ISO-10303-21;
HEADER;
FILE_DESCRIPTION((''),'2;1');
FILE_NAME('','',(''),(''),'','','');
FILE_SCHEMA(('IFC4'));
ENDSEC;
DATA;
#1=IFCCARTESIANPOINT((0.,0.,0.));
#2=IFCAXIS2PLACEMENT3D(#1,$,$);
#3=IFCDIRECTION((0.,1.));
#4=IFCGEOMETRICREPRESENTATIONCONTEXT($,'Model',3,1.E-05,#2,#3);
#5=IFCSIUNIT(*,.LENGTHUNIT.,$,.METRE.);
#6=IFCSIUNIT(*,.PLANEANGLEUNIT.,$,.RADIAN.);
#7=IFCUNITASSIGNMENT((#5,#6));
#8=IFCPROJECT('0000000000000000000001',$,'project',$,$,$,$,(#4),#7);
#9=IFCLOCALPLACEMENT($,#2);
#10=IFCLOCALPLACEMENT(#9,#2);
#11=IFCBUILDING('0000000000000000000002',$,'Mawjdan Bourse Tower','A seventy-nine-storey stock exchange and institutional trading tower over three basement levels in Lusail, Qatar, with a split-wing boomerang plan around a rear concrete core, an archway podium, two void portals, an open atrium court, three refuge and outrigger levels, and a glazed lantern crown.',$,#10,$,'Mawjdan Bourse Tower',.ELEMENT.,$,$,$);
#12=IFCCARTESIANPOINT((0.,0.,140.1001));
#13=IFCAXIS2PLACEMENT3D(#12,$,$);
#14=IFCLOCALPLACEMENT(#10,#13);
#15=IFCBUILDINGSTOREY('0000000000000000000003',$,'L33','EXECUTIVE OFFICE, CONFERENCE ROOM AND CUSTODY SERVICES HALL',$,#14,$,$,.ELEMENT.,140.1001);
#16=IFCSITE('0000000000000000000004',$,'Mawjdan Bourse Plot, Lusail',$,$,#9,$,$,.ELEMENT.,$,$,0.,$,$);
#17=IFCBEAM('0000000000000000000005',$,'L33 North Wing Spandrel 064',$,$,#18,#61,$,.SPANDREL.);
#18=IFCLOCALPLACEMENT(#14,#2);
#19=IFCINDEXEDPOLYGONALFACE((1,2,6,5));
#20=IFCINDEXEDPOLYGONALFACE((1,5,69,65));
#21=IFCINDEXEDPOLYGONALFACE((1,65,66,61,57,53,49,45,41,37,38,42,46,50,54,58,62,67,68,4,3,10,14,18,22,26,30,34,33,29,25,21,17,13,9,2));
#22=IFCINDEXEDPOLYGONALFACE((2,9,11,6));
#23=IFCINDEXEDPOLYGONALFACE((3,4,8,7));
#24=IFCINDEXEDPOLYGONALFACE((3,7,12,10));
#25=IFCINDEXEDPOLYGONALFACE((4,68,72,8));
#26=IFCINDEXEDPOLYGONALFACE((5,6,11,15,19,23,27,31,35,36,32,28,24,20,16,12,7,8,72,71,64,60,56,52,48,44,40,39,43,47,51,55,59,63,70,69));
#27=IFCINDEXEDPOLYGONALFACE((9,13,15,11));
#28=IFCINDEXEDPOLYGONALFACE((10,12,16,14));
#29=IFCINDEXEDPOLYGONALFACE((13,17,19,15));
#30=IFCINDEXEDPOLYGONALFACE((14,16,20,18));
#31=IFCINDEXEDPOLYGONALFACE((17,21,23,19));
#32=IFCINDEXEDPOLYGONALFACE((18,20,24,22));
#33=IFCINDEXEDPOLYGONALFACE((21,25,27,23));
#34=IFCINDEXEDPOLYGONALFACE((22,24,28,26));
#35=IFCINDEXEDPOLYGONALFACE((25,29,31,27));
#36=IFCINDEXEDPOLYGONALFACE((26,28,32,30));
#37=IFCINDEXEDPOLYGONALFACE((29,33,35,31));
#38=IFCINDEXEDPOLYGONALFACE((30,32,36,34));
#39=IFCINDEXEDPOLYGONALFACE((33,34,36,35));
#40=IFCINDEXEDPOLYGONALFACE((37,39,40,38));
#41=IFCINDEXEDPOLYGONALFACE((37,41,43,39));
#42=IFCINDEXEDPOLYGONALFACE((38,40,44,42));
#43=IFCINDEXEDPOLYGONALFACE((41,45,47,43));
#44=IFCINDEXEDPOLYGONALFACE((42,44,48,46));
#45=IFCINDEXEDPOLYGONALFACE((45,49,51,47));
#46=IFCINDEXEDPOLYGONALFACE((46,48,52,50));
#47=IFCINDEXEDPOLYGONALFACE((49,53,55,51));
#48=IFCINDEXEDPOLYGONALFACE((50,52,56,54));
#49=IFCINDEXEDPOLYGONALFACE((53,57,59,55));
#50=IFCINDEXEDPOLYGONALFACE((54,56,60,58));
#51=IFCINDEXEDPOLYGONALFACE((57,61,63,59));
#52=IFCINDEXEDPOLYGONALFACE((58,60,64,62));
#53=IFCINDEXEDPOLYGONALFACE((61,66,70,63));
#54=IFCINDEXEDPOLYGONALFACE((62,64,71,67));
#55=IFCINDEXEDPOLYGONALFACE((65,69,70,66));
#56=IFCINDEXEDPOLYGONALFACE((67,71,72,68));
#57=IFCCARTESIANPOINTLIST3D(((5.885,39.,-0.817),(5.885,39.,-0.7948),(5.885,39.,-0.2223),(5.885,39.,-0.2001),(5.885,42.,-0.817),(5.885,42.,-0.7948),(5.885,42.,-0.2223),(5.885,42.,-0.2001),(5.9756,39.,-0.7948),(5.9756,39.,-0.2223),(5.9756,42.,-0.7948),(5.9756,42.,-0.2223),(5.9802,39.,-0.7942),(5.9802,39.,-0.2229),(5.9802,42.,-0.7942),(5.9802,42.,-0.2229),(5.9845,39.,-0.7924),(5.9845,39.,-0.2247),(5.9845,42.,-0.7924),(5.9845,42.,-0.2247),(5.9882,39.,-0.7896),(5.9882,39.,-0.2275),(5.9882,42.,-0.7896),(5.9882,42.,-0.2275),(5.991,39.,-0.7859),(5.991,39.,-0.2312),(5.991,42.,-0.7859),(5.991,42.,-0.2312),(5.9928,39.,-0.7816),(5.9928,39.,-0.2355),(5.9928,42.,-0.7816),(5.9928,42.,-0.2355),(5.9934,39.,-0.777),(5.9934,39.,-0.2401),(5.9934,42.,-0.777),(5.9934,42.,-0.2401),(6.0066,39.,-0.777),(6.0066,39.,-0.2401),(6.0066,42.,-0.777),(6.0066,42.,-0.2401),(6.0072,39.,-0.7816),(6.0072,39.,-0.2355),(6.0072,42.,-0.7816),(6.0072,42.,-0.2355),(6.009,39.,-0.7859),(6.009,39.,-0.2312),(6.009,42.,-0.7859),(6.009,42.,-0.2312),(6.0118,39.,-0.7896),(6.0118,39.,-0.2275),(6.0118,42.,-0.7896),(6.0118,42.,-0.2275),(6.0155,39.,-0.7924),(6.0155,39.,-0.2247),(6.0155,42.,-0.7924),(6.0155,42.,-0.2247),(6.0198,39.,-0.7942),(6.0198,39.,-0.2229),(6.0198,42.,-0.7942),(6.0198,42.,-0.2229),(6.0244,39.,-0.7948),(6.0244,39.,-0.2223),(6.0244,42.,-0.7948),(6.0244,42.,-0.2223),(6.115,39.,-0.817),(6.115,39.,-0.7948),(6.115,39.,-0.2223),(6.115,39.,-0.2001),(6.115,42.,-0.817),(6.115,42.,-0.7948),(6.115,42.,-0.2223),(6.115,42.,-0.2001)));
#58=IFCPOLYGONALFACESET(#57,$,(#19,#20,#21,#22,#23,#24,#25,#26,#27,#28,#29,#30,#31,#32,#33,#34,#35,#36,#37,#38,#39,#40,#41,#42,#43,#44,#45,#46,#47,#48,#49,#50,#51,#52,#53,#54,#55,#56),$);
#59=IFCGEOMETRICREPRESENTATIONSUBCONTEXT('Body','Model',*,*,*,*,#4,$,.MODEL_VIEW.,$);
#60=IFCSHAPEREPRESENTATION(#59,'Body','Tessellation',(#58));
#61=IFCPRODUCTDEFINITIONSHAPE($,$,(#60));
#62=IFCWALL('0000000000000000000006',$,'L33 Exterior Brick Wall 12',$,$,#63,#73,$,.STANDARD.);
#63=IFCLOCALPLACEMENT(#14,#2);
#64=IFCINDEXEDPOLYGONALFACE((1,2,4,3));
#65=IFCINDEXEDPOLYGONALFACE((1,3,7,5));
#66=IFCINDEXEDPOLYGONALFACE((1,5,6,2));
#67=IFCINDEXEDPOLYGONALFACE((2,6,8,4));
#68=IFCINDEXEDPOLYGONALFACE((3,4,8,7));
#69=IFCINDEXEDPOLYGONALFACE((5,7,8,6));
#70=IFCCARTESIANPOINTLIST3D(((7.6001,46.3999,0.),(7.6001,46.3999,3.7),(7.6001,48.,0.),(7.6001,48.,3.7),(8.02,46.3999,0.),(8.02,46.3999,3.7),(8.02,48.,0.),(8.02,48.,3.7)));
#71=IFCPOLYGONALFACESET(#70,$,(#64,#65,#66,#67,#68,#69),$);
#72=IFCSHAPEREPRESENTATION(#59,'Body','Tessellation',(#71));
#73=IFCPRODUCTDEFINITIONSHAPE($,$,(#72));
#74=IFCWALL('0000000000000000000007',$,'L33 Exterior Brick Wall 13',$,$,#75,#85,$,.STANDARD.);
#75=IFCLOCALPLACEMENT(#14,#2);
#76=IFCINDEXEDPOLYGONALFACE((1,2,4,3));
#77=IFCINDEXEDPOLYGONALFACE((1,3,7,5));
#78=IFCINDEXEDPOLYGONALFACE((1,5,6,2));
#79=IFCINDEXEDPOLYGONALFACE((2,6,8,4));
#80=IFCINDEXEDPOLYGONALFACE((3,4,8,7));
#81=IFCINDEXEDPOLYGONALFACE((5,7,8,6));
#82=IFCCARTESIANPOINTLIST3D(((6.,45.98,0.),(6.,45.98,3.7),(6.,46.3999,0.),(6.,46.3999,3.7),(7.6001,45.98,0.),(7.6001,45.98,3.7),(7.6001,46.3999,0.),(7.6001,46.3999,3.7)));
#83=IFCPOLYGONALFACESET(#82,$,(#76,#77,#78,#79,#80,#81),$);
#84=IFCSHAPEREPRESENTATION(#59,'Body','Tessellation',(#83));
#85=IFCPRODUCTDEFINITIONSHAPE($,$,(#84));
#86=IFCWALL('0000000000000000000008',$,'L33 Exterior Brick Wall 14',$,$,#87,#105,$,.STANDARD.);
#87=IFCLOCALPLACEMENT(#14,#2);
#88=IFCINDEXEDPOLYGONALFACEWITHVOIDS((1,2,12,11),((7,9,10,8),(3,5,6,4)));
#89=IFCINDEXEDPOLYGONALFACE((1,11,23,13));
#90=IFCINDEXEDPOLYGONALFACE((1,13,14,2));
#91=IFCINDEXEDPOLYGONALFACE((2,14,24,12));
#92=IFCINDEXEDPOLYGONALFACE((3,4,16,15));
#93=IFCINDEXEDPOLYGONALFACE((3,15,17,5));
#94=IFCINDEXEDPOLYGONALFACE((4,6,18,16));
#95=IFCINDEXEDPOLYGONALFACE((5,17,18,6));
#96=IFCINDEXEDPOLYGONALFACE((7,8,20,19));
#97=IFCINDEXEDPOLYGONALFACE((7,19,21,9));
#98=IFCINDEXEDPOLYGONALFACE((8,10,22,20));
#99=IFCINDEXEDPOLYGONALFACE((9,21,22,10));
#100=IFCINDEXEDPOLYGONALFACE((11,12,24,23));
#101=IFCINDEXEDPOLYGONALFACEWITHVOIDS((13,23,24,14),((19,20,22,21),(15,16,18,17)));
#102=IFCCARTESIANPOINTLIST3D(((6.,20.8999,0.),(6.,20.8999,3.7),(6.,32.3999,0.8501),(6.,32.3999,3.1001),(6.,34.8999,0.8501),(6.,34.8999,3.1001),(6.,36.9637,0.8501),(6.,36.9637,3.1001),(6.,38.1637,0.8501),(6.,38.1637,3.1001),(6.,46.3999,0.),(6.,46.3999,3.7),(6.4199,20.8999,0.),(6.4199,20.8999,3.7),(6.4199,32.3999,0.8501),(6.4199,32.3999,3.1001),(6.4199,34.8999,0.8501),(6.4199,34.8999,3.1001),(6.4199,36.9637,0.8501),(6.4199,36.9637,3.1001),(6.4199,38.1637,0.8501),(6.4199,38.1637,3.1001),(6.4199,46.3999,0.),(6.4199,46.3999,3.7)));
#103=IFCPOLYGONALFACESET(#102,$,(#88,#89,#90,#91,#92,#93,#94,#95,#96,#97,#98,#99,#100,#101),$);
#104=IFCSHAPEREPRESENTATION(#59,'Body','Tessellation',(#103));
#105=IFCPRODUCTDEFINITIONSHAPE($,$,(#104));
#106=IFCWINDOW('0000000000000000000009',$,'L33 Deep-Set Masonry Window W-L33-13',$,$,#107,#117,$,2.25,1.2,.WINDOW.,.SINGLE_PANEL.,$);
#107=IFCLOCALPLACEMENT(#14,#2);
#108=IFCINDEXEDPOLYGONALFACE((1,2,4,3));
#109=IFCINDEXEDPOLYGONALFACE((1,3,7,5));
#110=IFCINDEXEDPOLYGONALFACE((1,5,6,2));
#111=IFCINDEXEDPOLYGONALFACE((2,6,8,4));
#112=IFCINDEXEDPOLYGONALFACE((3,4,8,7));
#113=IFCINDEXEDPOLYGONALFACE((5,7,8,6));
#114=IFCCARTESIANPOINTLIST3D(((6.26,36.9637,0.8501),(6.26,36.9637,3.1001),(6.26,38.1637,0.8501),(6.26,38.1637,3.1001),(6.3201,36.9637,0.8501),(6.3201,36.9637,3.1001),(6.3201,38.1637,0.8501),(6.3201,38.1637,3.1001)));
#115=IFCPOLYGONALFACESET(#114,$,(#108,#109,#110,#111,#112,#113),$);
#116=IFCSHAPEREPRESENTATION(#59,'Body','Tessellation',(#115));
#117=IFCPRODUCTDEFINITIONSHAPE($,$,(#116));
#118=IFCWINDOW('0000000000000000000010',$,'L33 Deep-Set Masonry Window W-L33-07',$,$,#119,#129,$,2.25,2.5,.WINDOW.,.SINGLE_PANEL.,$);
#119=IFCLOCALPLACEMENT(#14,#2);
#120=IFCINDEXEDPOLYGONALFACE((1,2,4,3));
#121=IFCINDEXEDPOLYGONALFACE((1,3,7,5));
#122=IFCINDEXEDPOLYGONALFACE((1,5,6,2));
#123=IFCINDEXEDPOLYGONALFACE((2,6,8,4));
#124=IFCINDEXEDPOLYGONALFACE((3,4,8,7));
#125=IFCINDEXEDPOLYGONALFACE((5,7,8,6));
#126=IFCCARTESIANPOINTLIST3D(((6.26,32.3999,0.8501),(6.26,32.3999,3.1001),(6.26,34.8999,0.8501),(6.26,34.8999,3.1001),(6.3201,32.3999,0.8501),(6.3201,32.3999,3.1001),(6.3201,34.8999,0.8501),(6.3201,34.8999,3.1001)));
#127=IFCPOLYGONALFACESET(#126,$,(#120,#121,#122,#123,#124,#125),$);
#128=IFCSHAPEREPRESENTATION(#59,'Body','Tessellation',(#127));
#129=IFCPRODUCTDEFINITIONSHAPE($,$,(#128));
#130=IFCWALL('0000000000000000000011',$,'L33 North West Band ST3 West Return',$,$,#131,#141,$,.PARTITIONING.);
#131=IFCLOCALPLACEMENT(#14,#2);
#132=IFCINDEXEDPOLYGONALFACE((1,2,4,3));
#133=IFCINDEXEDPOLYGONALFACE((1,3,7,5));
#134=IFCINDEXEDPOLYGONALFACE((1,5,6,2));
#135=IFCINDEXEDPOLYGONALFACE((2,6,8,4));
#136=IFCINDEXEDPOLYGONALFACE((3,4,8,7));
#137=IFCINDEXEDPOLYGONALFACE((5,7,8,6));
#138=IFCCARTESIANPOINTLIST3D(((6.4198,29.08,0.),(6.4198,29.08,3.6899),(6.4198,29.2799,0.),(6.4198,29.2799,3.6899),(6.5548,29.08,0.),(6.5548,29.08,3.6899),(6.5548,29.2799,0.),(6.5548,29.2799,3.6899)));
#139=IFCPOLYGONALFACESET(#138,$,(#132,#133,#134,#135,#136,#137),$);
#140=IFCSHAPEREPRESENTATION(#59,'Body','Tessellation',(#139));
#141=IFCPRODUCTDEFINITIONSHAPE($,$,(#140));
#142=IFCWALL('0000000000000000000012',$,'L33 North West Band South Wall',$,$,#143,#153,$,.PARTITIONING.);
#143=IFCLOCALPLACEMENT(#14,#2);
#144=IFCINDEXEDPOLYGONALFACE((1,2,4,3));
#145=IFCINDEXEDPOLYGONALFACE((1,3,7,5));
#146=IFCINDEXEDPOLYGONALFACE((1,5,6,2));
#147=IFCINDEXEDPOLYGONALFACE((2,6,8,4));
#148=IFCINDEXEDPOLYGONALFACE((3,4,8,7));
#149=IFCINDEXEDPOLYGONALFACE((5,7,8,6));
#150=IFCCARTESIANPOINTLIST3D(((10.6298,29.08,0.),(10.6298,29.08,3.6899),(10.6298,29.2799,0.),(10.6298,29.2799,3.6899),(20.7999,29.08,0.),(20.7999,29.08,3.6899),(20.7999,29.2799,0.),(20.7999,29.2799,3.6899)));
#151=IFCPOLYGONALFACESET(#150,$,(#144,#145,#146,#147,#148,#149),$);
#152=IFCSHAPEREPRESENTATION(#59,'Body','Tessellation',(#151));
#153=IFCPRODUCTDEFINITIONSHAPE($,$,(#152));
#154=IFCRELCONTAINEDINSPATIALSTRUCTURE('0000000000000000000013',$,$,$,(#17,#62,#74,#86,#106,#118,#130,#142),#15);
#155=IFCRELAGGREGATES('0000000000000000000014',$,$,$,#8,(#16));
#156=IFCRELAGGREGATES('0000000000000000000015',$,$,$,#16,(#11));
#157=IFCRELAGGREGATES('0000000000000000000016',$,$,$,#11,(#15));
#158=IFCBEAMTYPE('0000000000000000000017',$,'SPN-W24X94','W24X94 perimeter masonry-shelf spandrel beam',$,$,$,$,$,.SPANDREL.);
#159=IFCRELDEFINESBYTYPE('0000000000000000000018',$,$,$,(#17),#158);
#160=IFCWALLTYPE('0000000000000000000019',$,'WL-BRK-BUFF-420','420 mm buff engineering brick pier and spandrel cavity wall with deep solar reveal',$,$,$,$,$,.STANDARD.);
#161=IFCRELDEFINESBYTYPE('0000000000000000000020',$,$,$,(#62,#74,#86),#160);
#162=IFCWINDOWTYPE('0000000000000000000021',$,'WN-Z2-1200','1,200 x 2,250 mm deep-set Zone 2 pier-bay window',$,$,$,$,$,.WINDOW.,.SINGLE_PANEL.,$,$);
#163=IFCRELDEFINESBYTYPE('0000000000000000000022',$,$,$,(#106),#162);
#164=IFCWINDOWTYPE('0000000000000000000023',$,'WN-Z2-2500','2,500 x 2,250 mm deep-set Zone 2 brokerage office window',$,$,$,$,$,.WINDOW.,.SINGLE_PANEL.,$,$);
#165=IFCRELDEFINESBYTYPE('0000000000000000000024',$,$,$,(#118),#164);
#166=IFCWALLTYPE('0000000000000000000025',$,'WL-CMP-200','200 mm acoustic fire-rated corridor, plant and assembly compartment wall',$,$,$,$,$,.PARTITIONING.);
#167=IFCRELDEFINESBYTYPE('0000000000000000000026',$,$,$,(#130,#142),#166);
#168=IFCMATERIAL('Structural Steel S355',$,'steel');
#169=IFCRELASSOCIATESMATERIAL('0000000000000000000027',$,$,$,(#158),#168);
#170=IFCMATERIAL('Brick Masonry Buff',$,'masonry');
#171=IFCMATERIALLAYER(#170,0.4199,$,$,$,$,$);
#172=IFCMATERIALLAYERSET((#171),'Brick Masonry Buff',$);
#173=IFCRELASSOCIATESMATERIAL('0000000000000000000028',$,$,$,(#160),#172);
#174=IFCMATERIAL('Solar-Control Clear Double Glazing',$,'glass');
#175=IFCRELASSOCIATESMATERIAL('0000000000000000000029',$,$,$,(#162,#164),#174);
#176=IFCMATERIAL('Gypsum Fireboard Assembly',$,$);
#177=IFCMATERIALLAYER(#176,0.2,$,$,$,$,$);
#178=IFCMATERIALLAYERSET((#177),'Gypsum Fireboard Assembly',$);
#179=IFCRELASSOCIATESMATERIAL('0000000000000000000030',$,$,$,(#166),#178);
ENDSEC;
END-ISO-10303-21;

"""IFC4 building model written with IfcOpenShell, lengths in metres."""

from ifc_helpers import new_model, si_unit, direction, frame, frame_2d, origin, origin_2d, place, context, subcontext, project, spatial, rectangle, i_section, extrude, material, layer, layer_set, material_profile, profile_set, type_object, element, fill, save


model = new_model("IFC4")

# Units and contexts
model_context = context("Model", 3, precision=1e-05, world=origin(), true_north=direction((0.0, 1.0)))
body_context = subcontext(model_context, "Body", "Model", "MODEL_VIEW")
ifc_project = project(units=[si_unit("LENGTHUNIT", "METRE"), si_unit("PLANEANGLEUNIT", "RADIAN")], contexts=[model_context])

# Site, building, storey
site_placement = place(None, origin())
site = spatial("IfcSite", under=ifc_project, at=site_placement, Name="Mawjdan Bourse Plot, Lusail", CompositionType="ELEMENT", RefElevation=0.0)
building_placement = place(site_placement, origin())
building = spatial("IfcBuilding", under=site, at=building_placement, Name="Mawjdan Bourse Tower", Description="A seventy-nine-storey stock exchange and institutional trading tower over three basement levels in Lusail, Qatar, with a split-wing boomerang plan around a rear concrete core, an archway podium, two void portals, an open atrium court, three refuge and outrigger levels, and a glazed lantern crown.", LongName="Mawjdan Bourse Tower", CompositionType="ELEMENT")
storey_placement = place(building_placement, frame((0.0, 0.0, 140.1001)))
storey = spatial("IfcBuildingStorey", under=building, at=storey_placement, Name="L33", Description="EXECUTIVE OFFICE, CONFERENCE ROOM AND CUSTODY SERVICES HALL", CompositionType="ELEMENT", Elevation=140.1001)

# Beam
ifc_material_1 = material(Name="Structural Steel S355", Category="steel")
ifc_material_profile_1 = material_profile(ifc_material_1, i_section(OverallWidth=0.23, OverallDepth=0.6169, WebThickness=0.0132, FlangeThickness=0.0222, FilletRadius=0.0178, at=origin_2d()), Name="W24X94")
ifc_profile_set_1 = profile_set([ifc_material_profile_1], Name="Structural Steel S355")
beam_type_1 = type_object("IfcBeamType", Name="SPN-W24X94", Description="W24X94 perimeter masonry-shelf spandrel beam", PredefinedType="SPANDREL", material=ifc_profile_set_1)
for number, where, z_axis, x_axis, name in (
    (1, (6.0, 39.0, -0.5085), (0.0, 1.0, 0.0), (-1.0, 0.0, 0.0), "L33 North Wing Spandrel 064"),
):
    element("IfcBeam", number, at=place(storey_placement, frame(where, z_axis=z_axis, x_axis=x_axis)), inside=storey, type_object=beam_type_1, Name=name, PredefinedType="SPANDREL", context=body_context, shape_type="SweptSolid", body=[
        extrude(i_section(OverallWidth=0.23, OverallDepth=0.6169, WebThickness=0.0132, FlangeThickness=0.0222, FilletRadius=0.0178, at=origin_2d()), origin(), (0.0, 0.0, 1.0), 3.0),
    ])

# Walls
ifc_material_2 = material(Name="Brick Masonry Buff", Category="masonry")
ifc_layer_1 = layer(ifc_material_2, 0.4199)
ifc_layer_set_1 = layer_set([ifc_layer_1], Name="Brick Masonry Buff")
wall_type_1 = type_object("IfcWallType", Name="WL-BRK-BUFF-420", Description="420 mm buff engineering brick pier and spandrel cavity wall with deep solar reveal", PredefinedType="STANDARD", material=ifc_layer_set_1)
for number, where, z_axis, x_axis, name in (
    (2, (7.8101, 48.0, 0.0), (0.0, 0.0, 1.0), (0.0, -1.0, 0.0), "L33 Exterior Brick Wall 12"),
    (3, (7.6001, 46.1899, 0.0), (0.0, 0.0, 1.0), (-1.0, 0.0, 0.0), "L33 Exterior Brick Wall 13"),
):
    element("IfcWall", number, at=place(storey_placement, frame(where, z_axis=z_axis, x_axis=x_axis)), inside=storey, type_object=wall_type_1, Name=name, PredefinedType="STANDARD", context=body_context, shape_type="SweptSolid", body=[
        extrude(rectangle(XDim=1.6001, YDim=0.4199, at=frame_2d((0.8, 0.0))), origin(), (0.0, 0.0, 1.0), 3.7),
    ])

# Wall, openings, windows
wall_1_placement = place(storey_placement, frame((6.21, 46.3999, 0.0), z_axis=(0.0, 0.0, 1.0), x_axis=(0.0, -1.0, 0.0)))
wall_1 = element("IfcWall", 4, at=wall_1_placement, inside=storey, type_object=wall_type_1, Name="L33 Exterior Brick Wall 14", PredefinedType="STANDARD", context=body_context, shape_type="SweptSolid", body=[
    extrude(rectangle(XDim=25.5, YDim=0.4199, at=frame_2d((12.75, 0.0))), origin(), (0.0, 0.0, 1.0), 3.7),
])
opening_1_placement = place(wall_1_placement, frame((11.5, 0.0, 0.8501)))
opening_1 = element("IfcOpeningElement", 5, at=opening_1_placement, cuts=wall_1, PredefinedType="OPENING", context=body_context, shape_type="SweptSolid", body=[
    extrude(rectangle(XDim=2.5, YDim=2.25, at=frame_2d((1.25, 1.125))), frame((0.0, 0.22, 0.0), z_axis=(0.0, -1.0, 0.0), x_axis=(1.0, 0.0, 0.0)), (0.0, 0.0, 1.0), 0.4399),
])
opening_2_placement = place(wall_1_placement, frame((8.2361, 0.0, 0.8501)))
opening_2 = element("IfcOpeningElement", 6, at=opening_2_placement, cuts=wall_1, PredefinedType="OPENING", context=body_context, shape_type="SweptSolid", body=[
    extrude(rectangle(XDim=1.2, YDim=2.25, at=frame_2d((0.6001, 1.125))), frame((0.0, 0.22, 0.0), z_axis=(0.0, -1.0, 0.0), x_axis=(1.0, 0.0, 0.0)), (0.0, 0.0, 1.0), 0.4399),
])
ifc_material_3 = material(Name="Solar-Control Clear Double Glazing", Category="glass")
window_type_1 = type_object("IfcWindowType", Name="WN-Z2-1200", Description="1,200 x 2,250 mm deep-set Zone 2 pier-bay window", PartitioningType="SINGLE_PANEL", PredefinedType="WINDOW", material=ifc_material_3)
window_1_placement = place(opening_2_placement, origin())
window_1 = element("IfcWindow", 7, at=window_1_placement, inside=storey, type_object=window_type_1, Name="L33 Deep-Set Masonry Window W-L33-13", OverallHeight=2.25, OverallWidth=1.2, PartitioningType="SINGLE_PANEL", PredefinedType="WINDOW", context=body_context, shape_type="SweptSolid", body=[
    extrude(rectangle(XDim=1.2, YDim=2.25, at=frame_2d((0.6001, 1.125))), frame((0.0, 0.1101, 0.0), z_axis=(0.0, -1.0, 0.0), x_axis=(1.0, 0.0, 0.0)), (0.0, 0.0, 1.0), 0.0601),
])
fill(opening_2, window_1)
window_type_2 = type_object("IfcWindowType", Name="WN-Z2-2500", Description="2,500 x 2,250 mm deep-set Zone 2 brokerage office window", PartitioningType="SINGLE_PANEL", PredefinedType="WINDOW", material=ifc_material_3)
window_2_placement = place(opening_1_placement, origin())
window_2 = element("IfcWindow", 8, at=window_2_placement, inside=storey, type_object=window_type_2, Name="L33 Deep-Set Masonry Window W-L33-07", OverallHeight=2.25, OverallWidth=2.5, PartitioningType="SINGLE_PANEL", PredefinedType="WINDOW", context=body_context, shape_type="SweptSolid", body=[
    extrude(rectangle(XDim=2.5, YDim=2.25, at=frame_2d((1.25, 1.125))), frame((0.0, 0.1101, 0.0), z_axis=(0.0, -1.0, 0.0), x_axis=(1.0, 0.0, 0.0)), (0.0, 0.0, 1.0), 0.0601),
])
fill(opening_1, window_2)

# Walls
ifc_material_4 = material(Name="Gypsum Fireboard Assembly")
ifc_layer_2 = layer(ifc_material_4, 0.2)
ifc_layer_set_2 = layer_set([ifc_layer_2], Name="Gypsum Fireboard Assembly")
wall_type_2 = type_object("IfcWallType", Name="WL-CMP-200", Description="200 mm acoustic fire-rated corridor, plant and assembly compartment wall", PredefinedType="PARTITIONING", material=ifc_layer_set_2)
wall_2_placement = place(storey_placement, frame((6.4199, 29.1799, 0.0), z_axis=(0.0, 0.0, 1.0), x_axis=(1.0, 0.0, 0.0)))
element("IfcWall", 9, at=wall_2_placement, inside=storey, type_object=wall_type_2, Name="L33 North West Band ST3 West Return", PredefinedType="PARTITIONING", context=body_context, shape_type="SweptSolid", body=[
    extrude(rectangle(XDim=0.135, YDim=0.2, at=frame_2d((0.0674, 0.0))), origin(), (0.0, 0.0, 1.0), 3.6899),
])
wall_3_placement = place(storey_placement, frame((10.6299, 29.1799, 0.0), z_axis=(0.0, 0.0, 1.0), x_axis=(1.0, 0.0, 0.0)))
element("IfcWall", 10, at=wall_3_placement, inside=storey, type_object=wall_type_2, Name="L33 North West Band South Wall", PredefinedType="PARTITIONING", context=body_context, shape_type="SweptSolid", body=[
    extrude(rectangle(XDim=10.1702, YDim=0.2, at=frame_2d((5.085, 0.0))), origin(), (0.0, 0.0, 1.0), 3.6899),
])

save(model, "model.ifc")
